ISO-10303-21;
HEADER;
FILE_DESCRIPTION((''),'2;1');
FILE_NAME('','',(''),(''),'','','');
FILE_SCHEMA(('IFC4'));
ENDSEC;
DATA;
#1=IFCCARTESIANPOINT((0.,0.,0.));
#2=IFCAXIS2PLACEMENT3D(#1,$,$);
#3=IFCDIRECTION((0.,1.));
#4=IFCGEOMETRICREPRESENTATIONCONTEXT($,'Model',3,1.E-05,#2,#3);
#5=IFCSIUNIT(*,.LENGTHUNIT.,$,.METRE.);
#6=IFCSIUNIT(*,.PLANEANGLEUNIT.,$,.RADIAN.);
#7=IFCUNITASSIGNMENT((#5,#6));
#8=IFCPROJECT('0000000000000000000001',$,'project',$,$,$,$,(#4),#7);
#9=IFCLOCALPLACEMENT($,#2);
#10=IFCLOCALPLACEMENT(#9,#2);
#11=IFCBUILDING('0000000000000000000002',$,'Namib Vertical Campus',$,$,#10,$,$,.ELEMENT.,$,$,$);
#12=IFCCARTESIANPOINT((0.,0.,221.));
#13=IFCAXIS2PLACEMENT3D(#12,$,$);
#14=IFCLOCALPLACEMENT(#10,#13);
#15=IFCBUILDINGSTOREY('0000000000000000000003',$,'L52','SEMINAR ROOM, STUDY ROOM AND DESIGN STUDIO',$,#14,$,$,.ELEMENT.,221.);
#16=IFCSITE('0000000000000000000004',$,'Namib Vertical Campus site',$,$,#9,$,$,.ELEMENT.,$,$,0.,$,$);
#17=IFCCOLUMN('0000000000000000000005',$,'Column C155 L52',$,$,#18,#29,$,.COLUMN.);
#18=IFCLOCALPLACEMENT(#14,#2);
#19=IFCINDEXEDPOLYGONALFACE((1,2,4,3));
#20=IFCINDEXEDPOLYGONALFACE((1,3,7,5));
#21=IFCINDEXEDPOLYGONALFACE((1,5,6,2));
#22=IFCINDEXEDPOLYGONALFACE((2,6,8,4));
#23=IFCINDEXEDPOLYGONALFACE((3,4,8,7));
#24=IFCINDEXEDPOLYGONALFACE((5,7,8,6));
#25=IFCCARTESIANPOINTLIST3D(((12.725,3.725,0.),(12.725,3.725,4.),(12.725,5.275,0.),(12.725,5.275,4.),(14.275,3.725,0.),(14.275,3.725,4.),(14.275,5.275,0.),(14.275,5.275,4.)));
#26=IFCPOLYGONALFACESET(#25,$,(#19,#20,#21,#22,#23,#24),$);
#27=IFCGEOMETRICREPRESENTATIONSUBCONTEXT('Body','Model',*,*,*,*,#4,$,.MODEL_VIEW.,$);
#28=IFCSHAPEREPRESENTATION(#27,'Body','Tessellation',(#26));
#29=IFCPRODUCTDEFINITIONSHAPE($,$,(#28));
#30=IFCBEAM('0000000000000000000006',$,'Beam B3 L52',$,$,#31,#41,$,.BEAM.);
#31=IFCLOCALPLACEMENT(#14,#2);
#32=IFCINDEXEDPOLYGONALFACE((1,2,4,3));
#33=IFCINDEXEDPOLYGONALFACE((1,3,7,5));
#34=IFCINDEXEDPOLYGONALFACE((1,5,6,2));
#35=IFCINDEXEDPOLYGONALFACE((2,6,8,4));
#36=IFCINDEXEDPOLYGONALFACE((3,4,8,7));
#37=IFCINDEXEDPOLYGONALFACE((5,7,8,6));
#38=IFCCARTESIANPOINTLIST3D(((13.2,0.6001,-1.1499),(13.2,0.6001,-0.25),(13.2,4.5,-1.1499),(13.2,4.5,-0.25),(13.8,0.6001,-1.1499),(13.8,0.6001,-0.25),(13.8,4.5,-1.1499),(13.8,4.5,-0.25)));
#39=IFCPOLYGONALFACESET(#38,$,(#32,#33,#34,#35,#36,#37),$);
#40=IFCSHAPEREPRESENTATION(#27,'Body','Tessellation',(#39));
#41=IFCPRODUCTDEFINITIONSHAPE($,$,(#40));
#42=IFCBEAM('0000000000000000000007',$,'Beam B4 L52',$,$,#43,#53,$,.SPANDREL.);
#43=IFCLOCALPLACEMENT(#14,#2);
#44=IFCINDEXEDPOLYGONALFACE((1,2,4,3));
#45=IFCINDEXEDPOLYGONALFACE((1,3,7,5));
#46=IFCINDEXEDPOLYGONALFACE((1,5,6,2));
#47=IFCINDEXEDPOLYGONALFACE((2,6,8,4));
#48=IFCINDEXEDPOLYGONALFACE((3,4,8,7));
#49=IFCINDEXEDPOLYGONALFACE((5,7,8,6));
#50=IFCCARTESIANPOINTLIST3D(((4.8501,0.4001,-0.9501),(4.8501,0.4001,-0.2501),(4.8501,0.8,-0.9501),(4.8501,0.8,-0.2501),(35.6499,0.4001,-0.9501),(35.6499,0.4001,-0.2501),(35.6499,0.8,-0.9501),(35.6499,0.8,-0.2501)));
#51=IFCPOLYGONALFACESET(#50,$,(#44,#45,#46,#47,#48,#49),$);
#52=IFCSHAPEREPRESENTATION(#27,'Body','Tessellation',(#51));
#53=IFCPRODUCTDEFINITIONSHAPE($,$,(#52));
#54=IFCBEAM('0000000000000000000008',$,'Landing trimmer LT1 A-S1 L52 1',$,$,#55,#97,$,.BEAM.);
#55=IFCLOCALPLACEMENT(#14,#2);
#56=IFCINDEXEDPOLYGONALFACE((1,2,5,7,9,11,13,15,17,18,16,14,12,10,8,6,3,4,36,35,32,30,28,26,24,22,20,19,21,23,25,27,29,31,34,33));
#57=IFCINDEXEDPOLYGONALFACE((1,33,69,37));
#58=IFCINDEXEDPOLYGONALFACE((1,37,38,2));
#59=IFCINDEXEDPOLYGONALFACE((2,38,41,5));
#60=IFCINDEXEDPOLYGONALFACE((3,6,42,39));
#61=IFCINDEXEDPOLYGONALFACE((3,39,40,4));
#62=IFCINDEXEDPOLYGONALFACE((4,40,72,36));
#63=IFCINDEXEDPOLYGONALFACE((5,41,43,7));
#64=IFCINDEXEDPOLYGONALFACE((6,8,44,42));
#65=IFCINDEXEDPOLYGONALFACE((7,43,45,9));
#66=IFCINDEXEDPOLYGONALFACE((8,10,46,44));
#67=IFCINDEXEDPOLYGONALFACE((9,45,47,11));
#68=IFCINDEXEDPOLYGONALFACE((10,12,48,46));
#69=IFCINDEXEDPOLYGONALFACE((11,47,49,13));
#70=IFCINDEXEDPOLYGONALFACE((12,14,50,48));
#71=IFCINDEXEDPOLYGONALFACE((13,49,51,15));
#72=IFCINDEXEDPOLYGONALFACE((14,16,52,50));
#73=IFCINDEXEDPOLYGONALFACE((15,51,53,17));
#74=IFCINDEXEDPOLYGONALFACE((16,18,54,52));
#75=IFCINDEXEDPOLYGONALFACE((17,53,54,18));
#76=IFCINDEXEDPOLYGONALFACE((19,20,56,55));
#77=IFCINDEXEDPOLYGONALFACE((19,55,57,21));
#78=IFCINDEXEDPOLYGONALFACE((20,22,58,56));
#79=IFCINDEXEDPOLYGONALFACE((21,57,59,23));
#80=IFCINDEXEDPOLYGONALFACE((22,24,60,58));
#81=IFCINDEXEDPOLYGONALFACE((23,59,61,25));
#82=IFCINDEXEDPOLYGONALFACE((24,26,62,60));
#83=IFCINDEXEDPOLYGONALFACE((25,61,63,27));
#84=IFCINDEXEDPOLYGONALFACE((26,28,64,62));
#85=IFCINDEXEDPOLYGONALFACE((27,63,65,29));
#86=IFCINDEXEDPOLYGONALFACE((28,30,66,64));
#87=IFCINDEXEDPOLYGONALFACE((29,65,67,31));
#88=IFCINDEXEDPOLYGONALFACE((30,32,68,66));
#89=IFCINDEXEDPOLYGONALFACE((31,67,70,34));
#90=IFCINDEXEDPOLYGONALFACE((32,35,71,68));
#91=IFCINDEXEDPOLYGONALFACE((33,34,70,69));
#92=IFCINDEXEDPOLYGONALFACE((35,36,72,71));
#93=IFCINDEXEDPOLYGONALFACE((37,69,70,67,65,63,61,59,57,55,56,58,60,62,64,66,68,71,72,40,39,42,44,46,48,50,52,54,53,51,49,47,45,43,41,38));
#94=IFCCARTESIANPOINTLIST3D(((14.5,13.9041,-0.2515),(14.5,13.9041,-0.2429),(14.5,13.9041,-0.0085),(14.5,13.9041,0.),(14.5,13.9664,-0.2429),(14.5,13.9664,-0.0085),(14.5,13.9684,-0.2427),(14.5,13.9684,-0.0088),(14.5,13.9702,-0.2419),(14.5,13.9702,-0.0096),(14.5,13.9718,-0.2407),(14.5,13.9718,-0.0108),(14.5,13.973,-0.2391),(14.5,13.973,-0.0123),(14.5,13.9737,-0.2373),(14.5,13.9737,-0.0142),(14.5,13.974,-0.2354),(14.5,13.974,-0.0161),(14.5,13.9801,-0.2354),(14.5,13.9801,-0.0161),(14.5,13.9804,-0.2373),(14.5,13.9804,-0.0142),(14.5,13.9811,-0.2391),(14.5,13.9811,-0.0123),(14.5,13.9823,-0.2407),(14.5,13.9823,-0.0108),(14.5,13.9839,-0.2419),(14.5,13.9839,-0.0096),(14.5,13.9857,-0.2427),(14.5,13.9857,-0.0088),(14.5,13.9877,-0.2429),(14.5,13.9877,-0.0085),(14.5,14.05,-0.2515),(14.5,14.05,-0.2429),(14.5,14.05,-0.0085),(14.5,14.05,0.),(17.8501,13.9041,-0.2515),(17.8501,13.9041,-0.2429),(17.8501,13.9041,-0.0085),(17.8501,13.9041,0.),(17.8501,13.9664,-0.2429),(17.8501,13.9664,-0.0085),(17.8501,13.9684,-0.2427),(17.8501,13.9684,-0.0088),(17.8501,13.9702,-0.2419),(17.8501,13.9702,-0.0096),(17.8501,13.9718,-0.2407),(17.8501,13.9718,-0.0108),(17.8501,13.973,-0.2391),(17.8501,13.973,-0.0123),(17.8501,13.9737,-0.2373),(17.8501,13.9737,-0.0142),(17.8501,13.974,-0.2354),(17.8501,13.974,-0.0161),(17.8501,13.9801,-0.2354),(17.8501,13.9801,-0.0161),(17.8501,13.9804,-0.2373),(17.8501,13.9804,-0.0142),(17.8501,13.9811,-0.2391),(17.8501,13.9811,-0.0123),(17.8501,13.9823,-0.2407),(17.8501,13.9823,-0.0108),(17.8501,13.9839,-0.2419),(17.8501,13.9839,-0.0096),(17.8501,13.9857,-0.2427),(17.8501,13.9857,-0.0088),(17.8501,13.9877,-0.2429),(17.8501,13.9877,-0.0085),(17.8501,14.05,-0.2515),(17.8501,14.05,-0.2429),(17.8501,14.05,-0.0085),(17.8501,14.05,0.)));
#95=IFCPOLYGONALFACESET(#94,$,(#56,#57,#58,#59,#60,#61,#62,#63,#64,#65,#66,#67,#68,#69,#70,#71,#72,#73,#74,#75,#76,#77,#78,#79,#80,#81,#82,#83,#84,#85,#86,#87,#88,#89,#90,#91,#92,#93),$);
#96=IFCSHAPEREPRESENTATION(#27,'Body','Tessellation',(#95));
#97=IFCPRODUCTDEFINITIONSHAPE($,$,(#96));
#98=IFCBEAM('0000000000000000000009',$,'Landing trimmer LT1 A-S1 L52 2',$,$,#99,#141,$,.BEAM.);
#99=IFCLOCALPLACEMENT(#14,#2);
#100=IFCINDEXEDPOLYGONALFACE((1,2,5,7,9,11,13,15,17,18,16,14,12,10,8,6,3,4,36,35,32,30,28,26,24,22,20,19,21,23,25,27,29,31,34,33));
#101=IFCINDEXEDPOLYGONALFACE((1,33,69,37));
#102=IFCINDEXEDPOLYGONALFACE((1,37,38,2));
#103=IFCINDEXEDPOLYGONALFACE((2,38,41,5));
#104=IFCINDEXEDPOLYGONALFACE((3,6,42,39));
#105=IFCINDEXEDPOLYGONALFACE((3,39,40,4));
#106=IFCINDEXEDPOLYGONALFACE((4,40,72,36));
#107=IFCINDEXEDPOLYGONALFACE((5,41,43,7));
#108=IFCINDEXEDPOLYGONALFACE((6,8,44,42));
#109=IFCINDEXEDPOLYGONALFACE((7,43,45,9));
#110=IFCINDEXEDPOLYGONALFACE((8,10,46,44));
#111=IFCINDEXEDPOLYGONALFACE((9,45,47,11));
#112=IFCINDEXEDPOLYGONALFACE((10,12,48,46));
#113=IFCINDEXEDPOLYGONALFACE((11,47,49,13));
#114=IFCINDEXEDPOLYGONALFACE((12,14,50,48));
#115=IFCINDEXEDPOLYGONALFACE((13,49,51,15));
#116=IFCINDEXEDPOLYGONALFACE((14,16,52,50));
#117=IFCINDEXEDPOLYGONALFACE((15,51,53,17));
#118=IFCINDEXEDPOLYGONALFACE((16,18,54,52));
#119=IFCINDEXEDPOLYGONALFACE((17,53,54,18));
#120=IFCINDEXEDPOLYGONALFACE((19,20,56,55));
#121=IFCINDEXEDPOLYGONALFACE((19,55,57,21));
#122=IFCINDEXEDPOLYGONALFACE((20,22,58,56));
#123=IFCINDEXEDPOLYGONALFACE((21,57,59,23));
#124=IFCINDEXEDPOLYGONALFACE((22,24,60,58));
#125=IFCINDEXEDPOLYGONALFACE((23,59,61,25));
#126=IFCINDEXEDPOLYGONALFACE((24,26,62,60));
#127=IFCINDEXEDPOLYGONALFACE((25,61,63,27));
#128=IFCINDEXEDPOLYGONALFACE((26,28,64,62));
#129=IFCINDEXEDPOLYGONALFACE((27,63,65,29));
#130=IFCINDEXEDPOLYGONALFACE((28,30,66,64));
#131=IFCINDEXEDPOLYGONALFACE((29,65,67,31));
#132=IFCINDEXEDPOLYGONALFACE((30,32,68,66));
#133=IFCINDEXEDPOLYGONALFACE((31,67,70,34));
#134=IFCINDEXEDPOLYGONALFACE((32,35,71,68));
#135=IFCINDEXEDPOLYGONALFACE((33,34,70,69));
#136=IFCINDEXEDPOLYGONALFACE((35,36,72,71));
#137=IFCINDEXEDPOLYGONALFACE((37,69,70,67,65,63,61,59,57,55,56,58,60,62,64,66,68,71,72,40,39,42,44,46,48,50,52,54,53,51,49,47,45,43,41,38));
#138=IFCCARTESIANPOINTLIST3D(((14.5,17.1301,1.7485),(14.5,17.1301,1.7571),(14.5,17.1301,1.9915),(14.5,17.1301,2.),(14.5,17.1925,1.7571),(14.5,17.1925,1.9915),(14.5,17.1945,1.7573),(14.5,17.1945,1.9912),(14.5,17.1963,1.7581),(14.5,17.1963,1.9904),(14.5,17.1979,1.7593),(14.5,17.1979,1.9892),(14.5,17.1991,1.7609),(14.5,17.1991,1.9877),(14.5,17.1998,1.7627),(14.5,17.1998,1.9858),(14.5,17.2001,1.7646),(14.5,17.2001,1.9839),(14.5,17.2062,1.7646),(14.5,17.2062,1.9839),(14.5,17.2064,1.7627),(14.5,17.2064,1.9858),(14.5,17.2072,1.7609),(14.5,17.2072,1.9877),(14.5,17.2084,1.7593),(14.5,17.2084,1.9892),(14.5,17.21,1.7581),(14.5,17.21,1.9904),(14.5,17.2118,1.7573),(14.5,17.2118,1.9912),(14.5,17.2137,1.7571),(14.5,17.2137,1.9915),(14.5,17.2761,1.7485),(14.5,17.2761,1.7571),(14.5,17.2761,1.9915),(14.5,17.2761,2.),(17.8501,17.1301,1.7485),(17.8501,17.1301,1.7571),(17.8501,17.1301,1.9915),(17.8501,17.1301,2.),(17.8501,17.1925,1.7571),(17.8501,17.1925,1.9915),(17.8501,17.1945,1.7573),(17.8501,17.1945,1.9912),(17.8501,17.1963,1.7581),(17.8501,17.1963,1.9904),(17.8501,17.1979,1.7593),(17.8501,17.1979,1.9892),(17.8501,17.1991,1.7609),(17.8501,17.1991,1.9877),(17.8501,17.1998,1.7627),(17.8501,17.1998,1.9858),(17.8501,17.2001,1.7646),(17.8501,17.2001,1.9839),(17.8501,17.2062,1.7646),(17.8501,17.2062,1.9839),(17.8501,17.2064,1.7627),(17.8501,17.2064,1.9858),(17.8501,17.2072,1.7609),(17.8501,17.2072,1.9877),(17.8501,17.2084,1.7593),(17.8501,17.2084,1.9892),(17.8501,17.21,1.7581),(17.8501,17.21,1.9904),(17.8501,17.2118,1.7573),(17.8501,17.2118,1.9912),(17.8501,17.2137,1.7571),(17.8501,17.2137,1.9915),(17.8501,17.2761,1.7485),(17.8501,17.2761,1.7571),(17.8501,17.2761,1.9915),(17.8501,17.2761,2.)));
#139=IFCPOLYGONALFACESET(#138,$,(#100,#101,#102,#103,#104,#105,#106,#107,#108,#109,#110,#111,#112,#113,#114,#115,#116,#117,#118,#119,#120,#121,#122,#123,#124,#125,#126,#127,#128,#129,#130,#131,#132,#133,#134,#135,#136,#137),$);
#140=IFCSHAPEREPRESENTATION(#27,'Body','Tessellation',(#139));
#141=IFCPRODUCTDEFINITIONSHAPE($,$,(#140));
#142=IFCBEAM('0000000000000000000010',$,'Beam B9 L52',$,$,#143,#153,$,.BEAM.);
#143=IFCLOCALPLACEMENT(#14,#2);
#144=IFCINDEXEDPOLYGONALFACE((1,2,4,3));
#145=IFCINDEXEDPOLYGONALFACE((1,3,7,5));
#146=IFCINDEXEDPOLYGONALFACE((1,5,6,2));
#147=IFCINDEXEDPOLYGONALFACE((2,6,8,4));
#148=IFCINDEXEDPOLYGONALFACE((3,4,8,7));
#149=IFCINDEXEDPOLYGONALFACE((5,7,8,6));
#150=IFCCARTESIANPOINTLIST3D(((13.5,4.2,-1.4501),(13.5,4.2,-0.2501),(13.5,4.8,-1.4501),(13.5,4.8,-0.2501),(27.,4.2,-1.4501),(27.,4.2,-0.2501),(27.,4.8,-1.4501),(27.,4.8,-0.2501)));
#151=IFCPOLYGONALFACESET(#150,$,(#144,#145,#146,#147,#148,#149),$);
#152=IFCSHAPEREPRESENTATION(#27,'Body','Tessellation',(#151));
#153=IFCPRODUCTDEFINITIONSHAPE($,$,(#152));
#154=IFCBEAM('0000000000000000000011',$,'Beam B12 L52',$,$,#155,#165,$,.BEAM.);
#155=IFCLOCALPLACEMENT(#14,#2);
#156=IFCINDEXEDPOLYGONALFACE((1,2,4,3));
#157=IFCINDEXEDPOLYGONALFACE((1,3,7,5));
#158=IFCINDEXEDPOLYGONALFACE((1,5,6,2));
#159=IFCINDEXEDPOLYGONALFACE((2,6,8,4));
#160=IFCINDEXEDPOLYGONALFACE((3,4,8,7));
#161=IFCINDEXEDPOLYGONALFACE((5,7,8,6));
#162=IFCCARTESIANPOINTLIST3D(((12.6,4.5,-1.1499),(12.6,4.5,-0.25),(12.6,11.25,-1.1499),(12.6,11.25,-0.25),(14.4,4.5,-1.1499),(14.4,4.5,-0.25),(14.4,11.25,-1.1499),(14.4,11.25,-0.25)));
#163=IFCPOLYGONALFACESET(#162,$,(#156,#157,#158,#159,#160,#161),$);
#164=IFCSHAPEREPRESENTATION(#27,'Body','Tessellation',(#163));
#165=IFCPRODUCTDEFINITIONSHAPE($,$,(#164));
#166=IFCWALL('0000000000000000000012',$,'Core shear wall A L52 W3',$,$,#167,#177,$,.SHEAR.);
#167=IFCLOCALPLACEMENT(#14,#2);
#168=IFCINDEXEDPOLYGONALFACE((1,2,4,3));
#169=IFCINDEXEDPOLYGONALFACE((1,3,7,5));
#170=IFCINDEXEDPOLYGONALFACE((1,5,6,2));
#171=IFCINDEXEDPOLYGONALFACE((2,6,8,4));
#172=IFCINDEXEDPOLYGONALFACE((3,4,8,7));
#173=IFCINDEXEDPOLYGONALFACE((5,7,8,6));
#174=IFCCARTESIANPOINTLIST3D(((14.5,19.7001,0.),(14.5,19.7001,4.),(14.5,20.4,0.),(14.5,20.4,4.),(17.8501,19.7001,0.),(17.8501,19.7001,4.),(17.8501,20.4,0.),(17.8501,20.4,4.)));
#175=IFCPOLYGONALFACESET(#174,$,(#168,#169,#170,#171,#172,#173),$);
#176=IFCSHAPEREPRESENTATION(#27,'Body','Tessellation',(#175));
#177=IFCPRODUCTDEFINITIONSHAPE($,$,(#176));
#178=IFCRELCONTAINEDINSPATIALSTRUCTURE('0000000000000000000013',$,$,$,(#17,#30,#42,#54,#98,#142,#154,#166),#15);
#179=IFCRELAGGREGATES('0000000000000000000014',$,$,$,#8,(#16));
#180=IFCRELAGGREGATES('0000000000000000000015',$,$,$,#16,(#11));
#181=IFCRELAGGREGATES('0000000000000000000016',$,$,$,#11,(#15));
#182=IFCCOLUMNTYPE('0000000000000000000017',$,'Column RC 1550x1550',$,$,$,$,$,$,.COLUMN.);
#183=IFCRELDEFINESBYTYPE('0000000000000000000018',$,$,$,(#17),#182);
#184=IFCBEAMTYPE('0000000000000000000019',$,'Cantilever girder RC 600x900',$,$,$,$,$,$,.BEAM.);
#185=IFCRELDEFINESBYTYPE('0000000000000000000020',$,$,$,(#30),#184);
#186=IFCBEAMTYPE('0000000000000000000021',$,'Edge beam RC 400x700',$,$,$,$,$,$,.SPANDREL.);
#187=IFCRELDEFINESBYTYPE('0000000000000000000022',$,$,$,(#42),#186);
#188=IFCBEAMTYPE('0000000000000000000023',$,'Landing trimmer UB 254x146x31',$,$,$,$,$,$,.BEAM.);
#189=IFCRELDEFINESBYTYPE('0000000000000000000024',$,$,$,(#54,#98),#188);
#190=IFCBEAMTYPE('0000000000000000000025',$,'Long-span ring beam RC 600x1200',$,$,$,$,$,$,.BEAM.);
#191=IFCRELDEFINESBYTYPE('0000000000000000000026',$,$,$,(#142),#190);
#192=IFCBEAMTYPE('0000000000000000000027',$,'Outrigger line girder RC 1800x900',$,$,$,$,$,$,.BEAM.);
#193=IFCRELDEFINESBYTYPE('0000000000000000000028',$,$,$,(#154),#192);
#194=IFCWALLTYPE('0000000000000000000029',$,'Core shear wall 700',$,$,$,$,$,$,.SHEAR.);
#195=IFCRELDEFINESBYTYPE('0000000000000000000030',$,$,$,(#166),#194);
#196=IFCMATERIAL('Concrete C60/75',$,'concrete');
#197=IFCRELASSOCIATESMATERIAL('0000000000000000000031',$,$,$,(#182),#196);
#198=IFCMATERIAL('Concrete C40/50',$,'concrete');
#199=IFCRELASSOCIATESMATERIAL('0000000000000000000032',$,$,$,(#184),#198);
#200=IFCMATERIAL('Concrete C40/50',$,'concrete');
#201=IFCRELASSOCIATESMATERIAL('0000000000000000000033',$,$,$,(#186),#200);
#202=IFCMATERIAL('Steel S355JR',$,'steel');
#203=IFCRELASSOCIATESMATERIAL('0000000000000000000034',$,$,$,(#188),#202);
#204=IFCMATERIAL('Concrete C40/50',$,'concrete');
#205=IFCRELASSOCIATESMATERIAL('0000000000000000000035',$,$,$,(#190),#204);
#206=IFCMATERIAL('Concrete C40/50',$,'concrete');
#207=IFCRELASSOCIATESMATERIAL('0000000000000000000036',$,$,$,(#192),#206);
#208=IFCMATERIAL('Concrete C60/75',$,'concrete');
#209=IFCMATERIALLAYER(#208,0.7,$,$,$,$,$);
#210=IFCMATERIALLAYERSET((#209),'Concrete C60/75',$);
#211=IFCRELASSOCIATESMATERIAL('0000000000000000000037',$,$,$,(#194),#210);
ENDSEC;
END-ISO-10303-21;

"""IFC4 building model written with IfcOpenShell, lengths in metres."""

from ifc_helpers import new_model, si_unit, direction, frame, frame_2d, origin, origin_2d, place, context, subcontext, project, spatial, rectangle, i_section, extrude, material, layer, layer_set, material_profile, profile_set, type_object, element, save


model = new_model("IFC4")

# Units and contexts
model_context = context("Model", 3, precision=1e-05, world=origin(), true_north=direction((0.0, 1.0)))
body_context = subcontext(model_context, "Body", "Model", "MODEL_VIEW")
ifc_project = project(units=[si_unit("LENGTHUNIT", "METRE"), si_unit("PLANEANGLEUNIT", "RADIAN")], contexts=[model_context])

# Site, building, storey
site_placement = place(None, origin())
site = spatial("IfcSite", under=ifc_project, at=site_placement, Name="Namib Vertical Campus site", CompositionType="ELEMENT", RefElevation=0.0)
building_placement = place(site_placement, origin())
building = spatial("IfcBuilding", under=site, at=building_placement, Name="Namib Vertical Campus", CompositionType="ELEMENT")
storey_placement = place(building_placement, frame((0.0, 0.0, 221.0)))
storey = spatial("IfcBuildingStorey", under=building, at=storey_placement, Name="L52", Description="SEMINAR ROOM, STUDY ROOM AND DESIGN STUDIO", CompositionType="ELEMENT", Elevation=221.0)

# Column
ifc_material_1 = material(Name="Concrete C60/75", Category="concrete")
ifc_material_profile_1 = material_profile(ifc_material_1, rectangle(XDim=1.55, YDim=1.55, at=origin_2d()))
ifc_profile_set_1 = profile_set([ifc_material_profile_1], Name="Concrete C60/75")
column_type = type_object("IfcColumnType", Name="Column RC 1550x1550", PredefinedType="COLUMN", material=ifc_profile_set_1)
column_placement = place(storey_placement, frame((13.5, 4.5, 0.0), z_axis=(0.0, 0.0, 1.0), x_axis=(1.0, 0.0, 0.0)))
element("IfcColumn", 1, at=column_placement, inside=storey, type_object=column_type, Name="Column C155 L52", PredefinedType="COLUMN", context=body_context, shape_type="SweptSolid", body=[
    extrude(rectangle(XDim=1.55, YDim=1.55, at=origin_2d()), origin(), (0.0, 0.0, 1.0), 4.0),
])

# Beams
ifc_material_2 = material(Name="Concrete C40/50", Category="concrete")
ifc_material_profile_2 = material_profile(ifc_material_2, rectangle(XDim=0.6001, YDim=0.8999, at=origin_2d()))
ifc_profile_set_2 = profile_set([ifc_material_profile_2], Name="Concrete C40/50")
beam_type_1 = type_object("IfcBeamType", Name="Cantilever girder RC 600x900", PredefinedType="BEAM", material=ifc_profile_set_2)
beam_1_placement = place(storey_placement, frame((13.5, 4.5, -0.7), z_axis=(0.0, -1.0, 0.0), x_axis=(1.0, 0.0, 0.0)))
element("IfcBeam", 2, at=beam_1_placement, inside=storey, type_object=beam_type_1, Name="Beam B3 L52", PredefinedType="BEAM", context=body_context, shape_type="SweptSolid", body=[
    extrude(rectangle(XDim=0.6001, YDim=0.8999, at=origin_2d()), origin(), (0.0, 0.0, 1.0), 3.8999),
])
ifc_material_3 = material(Name="Concrete C40/50", Category="concrete")
ifc_material_profile_3 = material_profile(ifc_material_3, rectangle(XDim=0.3999, YDim=0.7, at=origin_2d()))
ifc_profile_set_3 = profile_set([ifc_material_profile_3], Name="Concrete C40/50")
beam_type_2 = type_object("IfcBeamType", Name="Edge beam RC 400x700", PredefinedType="SPANDREL", material=ifc_profile_set_3)
beam_2_placement = place(storey_placement, frame((4.8501, 0.6001, -0.6001), z_axis=(1.0, 0.0, 0.0), x_axis=(0.0, 1.0, 0.0)))
element("IfcBeam", 3, at=beam_2_placement, inside=storey, type_object=beam_type_2, Name="Beam B4 L52", PredefinedType="SPANDREL", context=body_context, shape_type="SweptSolid", body=[
    extrude(rectangle(XDim=0.3999, YDim=0.7, at=origin_2d()), origin(), (0.0, 0.0, 1.0), 30.7998),
])
ifc_material_4 = material(Name="Steel S355JR", Category="steel")
ifc_material_profile_4 = material_profile(ifc_material_4, i_section(OverallWidth=0.146, OverallDepth=0.2515, WebThickness=0.0061, FlangeThickness=0.0085, FilletRadius=0.0076, at=origin_2d()))
ifc_profile_set_4 = profile_set([ifc_material_profile_4], Name="Steel S355JR")
beam_type_3 = type_object("IfcBeamType", Name="Landing trimmer UB 254x146x31", PredefinedType="BEAM", material=ifc_profile_set_4)
for number, where, z_axis, x_axis, name in (
    (4, (14.5, 13.9771, -0.1257), (1.0, 0.0, 0.0), (0.0, 1.0, 0.0), "Landing trimmer LT1 A-S1 L52 1"),
    (5, (14.5, 17.2031, 1.8743), (1.0, 0.0, 0.0), (0.0, 1.0, 0.0), "Landing trimmer LT1 A-S1 L52 2"),
):
    element("IfcBeam", number, at=place(storey_placement, frame(where, z_axis=z_axis, x_axis=x_axis)), inside=storey, type_object=beam_type_3, Name=name, PredefinedType="BEAM", context=body_context, shape_type="SweptSolid", body=[
        extrude(i_section(OverallWidth=0.146, OverallDepth=0.2515, WebThickness=0.0061, FlangeThickness=0.0085, FilletRadius=0.0076, at=origin_2d()), origin(), (0.0, 0.0, 1.0), 3.3501),
    ])
ifc_material_5 = material(Name="Concrete C40/50", Category="concrete")
ifc_material_profile_5 = material_profile(ifc_material_5, rectangle(XDim=0.6001, YDim=1.2, at=origin_2d()))
ifc_profile_set_5 = profile_set([ifc_material_profile_5], Name="Concrete C40/50")
beam_type_4 = type_object("IfcBeamType", Name="Long-span ring beam RC 600x1200", PredefinedType="BEAM", material=ifc_profile_set_5)
beam_3_placement = place(storey_placement, frame((13.5, 4.5, -0.8501), z_axis=(1.0, 0.0, 0.0), x_axis=(0.0, 1.0, 0.0)))
element("IfcBeam", 6, at=beam_3_placement, inside=storey, type_object=beam_type_4, Name="Beam B9 L52", PredefinedType="BEAM", context=body_context, shape_type="SweptSolid", body=[
    extrude(rectangle(XDim=0.6001, YDim=1.2, at=origin_2d()), origin(), (0.0, 0.0, 1.0), 13.5),
])
ifc_material_6 = material(Name="Concrete C40/50", Category="concrete")
ifc_material_profile_6 = material_profile(ifc_material_6, rectangle(XDim=1.8, YDim=0.8999, at=origin_2d()))
ifc_profile_set_6 = profile_set([ifc_material_profile_6], Name="Concrete C40/50")
beam_type_5 = type_object("IfcBeamType", Name="Outrigger line girder RC 1800x900", PredefinedType="BEAM", material=ifc_profile_set_6)
beam_4_placement = place(storey_placement, frame((13.5, 4.5, -0.7), z_axis=(0.0, 1.0, 0.0), x_axis=(-1.0, 0.0, 0.0)))
element("IfcBeam", 7, at=beam_4_placement, inside=storey, type_object=beam_type_5, Name="Beam B12 L52", PredefinedType="BEAM", context=body_context, shape_type="SweptSolid", body=[
    extrude(rectangle(XDim=1.8, YDim=0.8999, at=origin_2d()), origin(), (0.0, 0.0, 1.0), 6.75),
])

# Wall
ifc_material_7 = material(Name="Concrete C60/75", Category="concrete")
ifc_layer_1 = layer(ifc_material_7, 0.7)
ifc_layer_set_1 = layer_set([ifc_layer_1], Name="Concrete C60/75")
wall_type_1 = type_object("IfcWallType", Name="Core shear wall 700", PredefinedType="SHEAR", material=ifc_layer_set_1)
wall_1_placement = place(storey_placement, frame((14.5, 20.05, 0.0), z_axis=(0.0, 0.0, 1.0), x_axis=(1.0, 0.0, 0.0)))
element("IfcWall", 8, at=wall_1_placement, inside=storey, type_object=wall_type_1, Name="Core shear wall A L52 W3", PredefinedType="SHEAR", context=body_context, shape_type="SweptSolid", body=[
    extrude(rectangle(XDim=3.3501, YDim=0.7, at=frame_2d((1.675, 0.0))), origin(), (0.0, 0.0, 1.0), 4.0),
])

save(model, "model.ifc")
